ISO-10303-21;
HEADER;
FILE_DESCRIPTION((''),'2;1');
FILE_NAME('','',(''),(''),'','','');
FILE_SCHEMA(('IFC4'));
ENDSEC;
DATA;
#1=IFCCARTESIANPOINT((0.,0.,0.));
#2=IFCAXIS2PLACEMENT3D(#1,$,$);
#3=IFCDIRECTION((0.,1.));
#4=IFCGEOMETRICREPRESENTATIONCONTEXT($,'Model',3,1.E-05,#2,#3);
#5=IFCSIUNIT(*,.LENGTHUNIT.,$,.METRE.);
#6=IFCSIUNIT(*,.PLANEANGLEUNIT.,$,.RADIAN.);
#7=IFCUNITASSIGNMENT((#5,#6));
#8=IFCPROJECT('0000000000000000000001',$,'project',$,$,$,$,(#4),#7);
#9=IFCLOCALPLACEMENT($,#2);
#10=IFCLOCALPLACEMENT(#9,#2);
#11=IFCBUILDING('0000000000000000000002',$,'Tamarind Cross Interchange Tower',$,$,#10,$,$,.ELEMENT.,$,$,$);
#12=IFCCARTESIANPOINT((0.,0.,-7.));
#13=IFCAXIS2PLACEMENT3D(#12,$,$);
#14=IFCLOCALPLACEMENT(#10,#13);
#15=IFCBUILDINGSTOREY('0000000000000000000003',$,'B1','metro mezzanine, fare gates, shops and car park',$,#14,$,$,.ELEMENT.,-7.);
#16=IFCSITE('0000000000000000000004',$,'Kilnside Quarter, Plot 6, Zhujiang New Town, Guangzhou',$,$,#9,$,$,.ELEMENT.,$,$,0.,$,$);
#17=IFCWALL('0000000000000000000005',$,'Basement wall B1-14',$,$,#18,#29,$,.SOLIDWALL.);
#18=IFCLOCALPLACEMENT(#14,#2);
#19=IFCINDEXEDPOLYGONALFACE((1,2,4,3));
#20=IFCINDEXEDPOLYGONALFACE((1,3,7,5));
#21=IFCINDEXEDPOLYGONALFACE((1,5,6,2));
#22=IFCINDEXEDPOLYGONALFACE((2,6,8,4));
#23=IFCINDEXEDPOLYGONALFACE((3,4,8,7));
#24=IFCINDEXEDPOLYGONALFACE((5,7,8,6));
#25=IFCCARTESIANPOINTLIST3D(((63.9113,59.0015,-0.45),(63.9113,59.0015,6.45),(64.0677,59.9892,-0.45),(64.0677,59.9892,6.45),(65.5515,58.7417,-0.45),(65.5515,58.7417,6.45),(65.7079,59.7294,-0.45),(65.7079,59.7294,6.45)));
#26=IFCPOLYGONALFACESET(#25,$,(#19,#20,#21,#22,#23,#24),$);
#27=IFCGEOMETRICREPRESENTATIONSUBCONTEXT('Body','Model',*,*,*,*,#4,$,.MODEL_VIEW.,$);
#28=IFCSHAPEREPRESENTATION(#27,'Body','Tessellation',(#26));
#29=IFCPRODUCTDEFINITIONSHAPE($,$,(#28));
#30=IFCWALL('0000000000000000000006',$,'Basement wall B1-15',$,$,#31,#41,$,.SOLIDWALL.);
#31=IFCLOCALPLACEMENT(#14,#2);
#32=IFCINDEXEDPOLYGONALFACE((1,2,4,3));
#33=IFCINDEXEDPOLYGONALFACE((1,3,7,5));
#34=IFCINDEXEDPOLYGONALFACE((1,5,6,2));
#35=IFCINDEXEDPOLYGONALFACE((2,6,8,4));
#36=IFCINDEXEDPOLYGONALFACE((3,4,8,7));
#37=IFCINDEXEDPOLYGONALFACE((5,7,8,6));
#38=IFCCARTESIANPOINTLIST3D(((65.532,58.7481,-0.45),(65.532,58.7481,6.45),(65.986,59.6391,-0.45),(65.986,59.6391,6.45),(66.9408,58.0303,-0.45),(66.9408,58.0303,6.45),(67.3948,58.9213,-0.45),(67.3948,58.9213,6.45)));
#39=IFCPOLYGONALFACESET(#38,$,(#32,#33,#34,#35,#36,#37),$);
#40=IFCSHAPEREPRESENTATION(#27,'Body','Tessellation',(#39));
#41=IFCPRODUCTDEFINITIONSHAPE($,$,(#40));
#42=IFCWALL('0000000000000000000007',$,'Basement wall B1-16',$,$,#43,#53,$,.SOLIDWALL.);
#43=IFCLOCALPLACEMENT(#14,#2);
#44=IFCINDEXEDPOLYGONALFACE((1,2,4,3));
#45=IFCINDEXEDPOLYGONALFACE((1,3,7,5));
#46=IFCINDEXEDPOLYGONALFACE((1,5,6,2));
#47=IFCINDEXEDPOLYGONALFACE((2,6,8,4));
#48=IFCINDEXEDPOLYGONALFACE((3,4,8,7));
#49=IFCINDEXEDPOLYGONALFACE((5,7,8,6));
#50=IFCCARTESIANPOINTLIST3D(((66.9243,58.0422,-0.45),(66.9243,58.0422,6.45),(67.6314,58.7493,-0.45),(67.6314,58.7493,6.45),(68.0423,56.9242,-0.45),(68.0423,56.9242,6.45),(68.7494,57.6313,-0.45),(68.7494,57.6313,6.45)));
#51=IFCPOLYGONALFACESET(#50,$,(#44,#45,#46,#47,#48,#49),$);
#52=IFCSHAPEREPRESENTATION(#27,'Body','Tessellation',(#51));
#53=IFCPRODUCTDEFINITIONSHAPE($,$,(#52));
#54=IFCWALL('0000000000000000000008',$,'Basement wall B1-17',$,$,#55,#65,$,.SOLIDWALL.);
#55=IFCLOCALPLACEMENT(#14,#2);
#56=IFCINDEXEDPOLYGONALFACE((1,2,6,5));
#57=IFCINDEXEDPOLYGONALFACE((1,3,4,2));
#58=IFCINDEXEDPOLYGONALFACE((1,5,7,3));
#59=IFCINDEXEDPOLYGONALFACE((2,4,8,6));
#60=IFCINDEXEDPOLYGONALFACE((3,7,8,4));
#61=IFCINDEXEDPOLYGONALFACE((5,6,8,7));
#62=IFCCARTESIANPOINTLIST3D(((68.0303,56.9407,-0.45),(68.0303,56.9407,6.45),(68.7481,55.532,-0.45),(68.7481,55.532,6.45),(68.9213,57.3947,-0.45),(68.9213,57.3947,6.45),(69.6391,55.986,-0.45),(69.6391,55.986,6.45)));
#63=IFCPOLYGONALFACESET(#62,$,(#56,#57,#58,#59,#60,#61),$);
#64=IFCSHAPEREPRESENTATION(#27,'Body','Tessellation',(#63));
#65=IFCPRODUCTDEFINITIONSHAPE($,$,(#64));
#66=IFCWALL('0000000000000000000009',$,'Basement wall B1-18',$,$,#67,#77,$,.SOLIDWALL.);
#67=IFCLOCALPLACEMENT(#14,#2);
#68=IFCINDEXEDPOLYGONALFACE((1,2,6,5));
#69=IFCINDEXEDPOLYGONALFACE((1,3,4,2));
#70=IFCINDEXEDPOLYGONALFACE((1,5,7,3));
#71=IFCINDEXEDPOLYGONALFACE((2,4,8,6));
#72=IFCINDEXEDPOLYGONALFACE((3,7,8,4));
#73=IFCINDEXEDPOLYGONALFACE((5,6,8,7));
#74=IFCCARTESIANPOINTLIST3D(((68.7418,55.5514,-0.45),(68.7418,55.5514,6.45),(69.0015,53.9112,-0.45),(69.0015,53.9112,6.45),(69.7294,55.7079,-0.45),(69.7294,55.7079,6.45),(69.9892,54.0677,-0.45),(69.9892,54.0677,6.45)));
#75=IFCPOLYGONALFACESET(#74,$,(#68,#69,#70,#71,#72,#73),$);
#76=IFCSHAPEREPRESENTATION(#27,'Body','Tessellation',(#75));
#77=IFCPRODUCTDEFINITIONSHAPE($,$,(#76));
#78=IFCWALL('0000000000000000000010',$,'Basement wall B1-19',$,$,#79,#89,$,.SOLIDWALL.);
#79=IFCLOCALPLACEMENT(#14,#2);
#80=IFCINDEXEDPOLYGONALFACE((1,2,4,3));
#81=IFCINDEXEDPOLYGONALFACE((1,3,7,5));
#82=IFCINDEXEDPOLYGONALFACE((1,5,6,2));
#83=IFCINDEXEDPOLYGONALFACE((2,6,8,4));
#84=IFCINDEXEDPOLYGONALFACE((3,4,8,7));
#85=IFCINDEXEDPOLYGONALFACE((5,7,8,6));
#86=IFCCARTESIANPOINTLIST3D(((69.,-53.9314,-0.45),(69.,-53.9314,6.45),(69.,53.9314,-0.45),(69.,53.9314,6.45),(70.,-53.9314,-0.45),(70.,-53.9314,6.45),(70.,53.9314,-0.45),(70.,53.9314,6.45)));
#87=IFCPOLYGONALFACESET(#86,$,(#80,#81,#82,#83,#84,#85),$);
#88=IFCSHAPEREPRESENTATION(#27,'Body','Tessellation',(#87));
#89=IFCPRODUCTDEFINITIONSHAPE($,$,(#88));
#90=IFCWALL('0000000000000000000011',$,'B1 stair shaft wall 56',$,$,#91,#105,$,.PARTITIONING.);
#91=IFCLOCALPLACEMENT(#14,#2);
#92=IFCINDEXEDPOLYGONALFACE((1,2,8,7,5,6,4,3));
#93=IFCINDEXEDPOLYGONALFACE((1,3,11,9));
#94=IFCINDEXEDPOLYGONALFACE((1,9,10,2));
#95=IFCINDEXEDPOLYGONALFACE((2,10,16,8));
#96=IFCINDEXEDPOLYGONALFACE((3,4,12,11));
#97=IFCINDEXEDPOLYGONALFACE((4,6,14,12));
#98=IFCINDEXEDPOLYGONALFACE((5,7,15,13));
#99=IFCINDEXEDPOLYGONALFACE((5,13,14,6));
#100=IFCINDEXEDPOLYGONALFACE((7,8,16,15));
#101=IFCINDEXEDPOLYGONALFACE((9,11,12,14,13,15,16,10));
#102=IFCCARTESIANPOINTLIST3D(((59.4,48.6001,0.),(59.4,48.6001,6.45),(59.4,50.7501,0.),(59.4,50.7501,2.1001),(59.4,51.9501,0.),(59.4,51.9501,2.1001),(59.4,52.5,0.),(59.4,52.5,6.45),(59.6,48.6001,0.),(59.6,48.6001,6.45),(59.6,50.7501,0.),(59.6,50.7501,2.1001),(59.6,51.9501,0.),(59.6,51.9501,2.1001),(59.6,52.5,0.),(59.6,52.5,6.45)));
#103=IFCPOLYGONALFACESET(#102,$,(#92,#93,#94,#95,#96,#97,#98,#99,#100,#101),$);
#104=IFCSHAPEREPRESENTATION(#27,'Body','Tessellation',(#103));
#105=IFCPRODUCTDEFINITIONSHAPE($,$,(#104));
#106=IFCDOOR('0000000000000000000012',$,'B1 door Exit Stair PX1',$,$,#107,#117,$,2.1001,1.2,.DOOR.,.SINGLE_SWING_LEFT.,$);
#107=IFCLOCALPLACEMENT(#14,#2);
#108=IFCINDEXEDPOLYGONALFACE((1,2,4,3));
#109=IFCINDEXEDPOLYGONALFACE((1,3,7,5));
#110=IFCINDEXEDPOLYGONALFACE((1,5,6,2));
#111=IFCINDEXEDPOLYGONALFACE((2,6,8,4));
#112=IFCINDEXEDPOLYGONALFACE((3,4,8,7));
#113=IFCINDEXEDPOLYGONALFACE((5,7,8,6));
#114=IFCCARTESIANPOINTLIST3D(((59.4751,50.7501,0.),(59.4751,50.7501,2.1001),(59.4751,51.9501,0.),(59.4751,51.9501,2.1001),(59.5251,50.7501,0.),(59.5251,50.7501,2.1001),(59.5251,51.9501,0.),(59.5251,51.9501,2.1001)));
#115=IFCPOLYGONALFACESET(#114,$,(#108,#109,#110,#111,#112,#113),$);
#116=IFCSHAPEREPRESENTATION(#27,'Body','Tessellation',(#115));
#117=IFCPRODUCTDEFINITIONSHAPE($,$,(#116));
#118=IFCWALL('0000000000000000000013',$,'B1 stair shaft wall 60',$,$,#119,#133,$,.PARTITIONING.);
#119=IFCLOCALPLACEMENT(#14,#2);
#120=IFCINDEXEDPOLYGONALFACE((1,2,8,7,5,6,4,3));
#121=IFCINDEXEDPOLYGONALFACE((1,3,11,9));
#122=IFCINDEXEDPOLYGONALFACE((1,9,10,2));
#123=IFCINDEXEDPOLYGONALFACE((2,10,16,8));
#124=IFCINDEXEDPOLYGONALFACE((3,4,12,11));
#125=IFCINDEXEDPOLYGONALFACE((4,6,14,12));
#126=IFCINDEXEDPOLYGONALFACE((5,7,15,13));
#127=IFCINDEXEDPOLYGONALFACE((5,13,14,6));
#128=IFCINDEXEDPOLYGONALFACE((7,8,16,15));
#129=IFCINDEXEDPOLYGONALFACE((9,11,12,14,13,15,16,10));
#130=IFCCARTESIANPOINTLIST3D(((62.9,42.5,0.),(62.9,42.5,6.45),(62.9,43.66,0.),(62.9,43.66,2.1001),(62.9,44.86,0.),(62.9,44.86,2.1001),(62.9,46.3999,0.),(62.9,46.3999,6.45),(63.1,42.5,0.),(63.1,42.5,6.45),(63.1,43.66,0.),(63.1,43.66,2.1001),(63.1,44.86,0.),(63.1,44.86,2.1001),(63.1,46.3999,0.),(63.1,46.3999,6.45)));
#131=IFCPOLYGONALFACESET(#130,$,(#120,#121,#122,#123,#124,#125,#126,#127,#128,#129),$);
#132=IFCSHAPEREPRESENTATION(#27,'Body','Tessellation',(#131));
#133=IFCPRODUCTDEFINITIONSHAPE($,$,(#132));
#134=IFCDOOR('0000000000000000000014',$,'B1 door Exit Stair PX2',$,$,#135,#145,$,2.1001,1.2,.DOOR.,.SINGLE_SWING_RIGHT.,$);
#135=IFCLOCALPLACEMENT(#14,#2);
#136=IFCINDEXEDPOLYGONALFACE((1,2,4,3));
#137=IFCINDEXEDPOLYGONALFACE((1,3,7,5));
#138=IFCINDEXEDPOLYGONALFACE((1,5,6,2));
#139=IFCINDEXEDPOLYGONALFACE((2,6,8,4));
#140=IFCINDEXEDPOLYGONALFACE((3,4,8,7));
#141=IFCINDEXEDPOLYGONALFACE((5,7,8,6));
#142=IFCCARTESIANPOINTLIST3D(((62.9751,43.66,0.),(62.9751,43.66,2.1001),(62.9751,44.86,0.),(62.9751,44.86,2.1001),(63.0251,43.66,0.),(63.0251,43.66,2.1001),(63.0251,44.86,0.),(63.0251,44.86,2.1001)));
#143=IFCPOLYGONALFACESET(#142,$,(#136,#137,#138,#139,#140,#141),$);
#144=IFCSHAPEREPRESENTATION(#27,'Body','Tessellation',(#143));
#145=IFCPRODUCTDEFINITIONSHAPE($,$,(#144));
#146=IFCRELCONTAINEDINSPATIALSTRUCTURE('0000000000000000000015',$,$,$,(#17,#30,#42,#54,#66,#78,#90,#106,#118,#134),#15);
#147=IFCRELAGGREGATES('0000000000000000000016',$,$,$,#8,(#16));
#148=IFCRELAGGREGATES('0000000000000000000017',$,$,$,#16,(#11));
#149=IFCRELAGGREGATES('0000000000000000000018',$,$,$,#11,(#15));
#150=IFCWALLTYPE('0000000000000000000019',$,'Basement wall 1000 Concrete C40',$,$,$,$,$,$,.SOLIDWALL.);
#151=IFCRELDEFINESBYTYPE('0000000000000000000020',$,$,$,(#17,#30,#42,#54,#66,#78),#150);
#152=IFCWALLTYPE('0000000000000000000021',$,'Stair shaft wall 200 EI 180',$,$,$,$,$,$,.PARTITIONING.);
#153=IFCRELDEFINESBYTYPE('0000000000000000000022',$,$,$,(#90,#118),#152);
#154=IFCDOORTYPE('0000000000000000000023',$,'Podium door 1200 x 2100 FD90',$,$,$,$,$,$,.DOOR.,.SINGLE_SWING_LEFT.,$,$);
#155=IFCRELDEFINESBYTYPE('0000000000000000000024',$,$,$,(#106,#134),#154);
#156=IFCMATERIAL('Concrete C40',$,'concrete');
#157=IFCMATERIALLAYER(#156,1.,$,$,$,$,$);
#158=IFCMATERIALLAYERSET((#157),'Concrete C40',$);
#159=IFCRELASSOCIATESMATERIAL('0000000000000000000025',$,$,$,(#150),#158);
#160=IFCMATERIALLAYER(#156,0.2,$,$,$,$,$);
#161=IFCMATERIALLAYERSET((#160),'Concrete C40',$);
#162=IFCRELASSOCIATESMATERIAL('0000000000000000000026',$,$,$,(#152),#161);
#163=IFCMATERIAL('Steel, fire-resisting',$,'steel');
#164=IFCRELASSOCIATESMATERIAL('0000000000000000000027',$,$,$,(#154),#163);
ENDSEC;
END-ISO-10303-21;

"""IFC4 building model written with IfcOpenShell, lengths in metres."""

from ifc_helpers import new_model, si_unit, direction, frame, frame_2d, origin, place, context, subcontext, project, spatial, rectangle, extrude, material, layer, layer_set, type_object, element, fill, save


model = new_model("IFC4")

# Units and contexts
model_context = context("Model", 3, precision=1e-05, world=origin(), true_north=direction((0.0, 1.0)))
body_context = subcontext(model_context, "Body", "Model", "MODEL_VIEW")
ifc_project = project(units=[si_unit("LENGTHUNIT", "METRE"), si_unit("PLANEANGLEUNIT", "RADIAN")], contexts=[model_context])

# Site, building, storey
site_placement = place(None, origin())
site = spatial("IfcSite", under=ifc_project, at=site_placement, Name="Kilnside Quarter, Plot 6, Zhujiang New Town, Guangzhou", CompositionType="ELEMENT", RefElevation=0.0)
building_placement = place(site_placement, origin())
building = spatial("IfcBuilding", under=site, at=building_placement, Name="Tamarind Cross Interchange Tower", CompositionType="ELEMENT")
storey_placement = place(building_placement, frame((0.0, 0.0, -7.0)))
storey = spatial("IfcBuildingStorey", under=building, at=storey_placement, Name="B1", Description="metro mezzanine, fare gates, shops and car park", CompositionType="ELEMENT", Elevation=-7.0)

# Walls
ifc_material_1 = material(Name="Concrete C40", Category="concrete")
ifc_layer_1 = layer(ifc_material_1, 1.0)
ifc_layer_set_1 = layer_set([ifc_layer_1], Name="Concrete C40")
wall_type_1 = type_object("IfcWallType", Name="Basement wall 1000 Concrete C40", PredefinedType="SOLIDWALL", material=ifc_layer_set_1)
wall_1_placement = place(storey_placement, frame((63.9895, 59.4954, -0.45), z_axis=(0.0, 0.0, 1.0), x_axis=(0.987689, -0.156431, 0.0)))
element("IfcWall", 1, at=wall_1_placement, inside=storey, type_object=wall_type_1, Name="Basement wall B1-14", PredefinedType="SOLIDWALL", context=body_context, shape_type="SweptSolid", body=[
    extrude(rectangle(XDim=1.6606, YDim=1.0, at=frame_2d((0.8303, 0.0))), origin(), (0.0, 0.0, 1.0), 6.8999),
])
for number, where, z_axis, x_axis, name in (
    (2, (65.759, 59.1936, -0.45), (0.0, 0.0, 1.0), (0.891004, -0.453995, 0.0), "Basement wall B1-15"),
    (3, (67.2778, 58.3958, -0.45), (0.0, 0.0, 1.0), (0.707107, -0.707107, 0.0), "Basement wall B1-16"),
    (4, (68.4758, 57.1677, -0.45), (0.0, 0.0, 1.0), (0.453995, -0.891004, 0.0), "Basement wall B1-17"),
):
    element("IfcWall", number, at=place(storey_placement, frame(where, z_axis=z_axis, x_axis=x_axis)), inside=storey, type_object=wall_type_1, Name=name, PredefinedType="SOLIDWALL", context=body_context, shape_type="SweptSolid", body=[
        extrude(rectangle(XDim=1.5811, YDim=1.0, at=frame_2d((0.7905, 0.0))), origin(), (0.0, 0.0, 1.0), 6.8999),
    ])
wall_2_placement = place(storey_placement, frame((69.2356, 55.6296, -0.45), z_axis=(0.0, 0.0, 1.0), x_axis=(0.156431, -0.987689, 0.0)))
element("IfcWall", 5, at=wall_2_placement, inside=storey, type_object=wall_type_1, Name="Basement wall B1-18", PredefinedType="SOLIDWALL", context=body_context, shape_type="SweptSolid", body=[
    extrude(rectangle(XDim=1.6606, YDim=1.0, at=frame_2d((0.8303, 0.0))), origin(), (0.0, 0.0, 1.0), 6.8999),
])
wall_3_placement = place(storey_placement, frame((69.5, 53.9314, -0.45), z_axis=(0.0, 0.0, 1.0), x_axis=(0.0, -1.0, 0.0)))
element("IfcWall", 6, at=wall_3_placement, inside=storey, type_object=wall_type_1, Name="Basement wall B1-19", PredefinedType="SOLIDWALL", context=body_context, shape_type="SweptSolid", body=[
    extrude(rectangle(XDim=107.8628, YDim=1.0, at=frame_2d((53.9314, 0.0))), origin(), (0.0, 0.0, 1.0), 6.8999),
])

# Walls, openings, doors
ifc_layer_2 = layer(ifc_material_1, 0.2)
ifc_layer_set_2 = layer_set([ifc_layer_2], Name="Concrete C40")
wall_type_2 = type_object("IfcWallType", Name="Stair shaft wall 200 EI 180", PredefinedType="PARTITIONING", material=ifc_layer_set_2)
wall_4_placement = place(storey_placement, frame((59.5, 48.6001, 0.0), z_axis=(0.0, 0.0, 1.0), x_axis=(0.0, 1.0, 0.0)))
wall_4 = element("IfcWall", 7, at=wall_4_placement, inside=storey, type_object=wall_type_2, Name="B1 stair shaft wall 56", PredefinedType="PARTITIONING", context=body_context, shape_type="SweptSolid", body=[
    extrude(rectangle(XDim=3.8999, YDim=0.2, at=frame_2d((1.95, 0.0))), origin(), (0.0, 0.0, 1.0), 6.45),
])
opening_1_placement = place(wall_4_placement, frame((2.1499, 0.0, 0.0)))
opening_1 = element("IfcOpeningElement", 8, at=opening_1_placement, cuts=wall_4, PredefinedType="OPENING", context=body_context, shape_type="SweptSolid", body=[
    extrude(rectangle(XDim=1.2, YDim=2.1001, at=frame_2d((0.6001, 1.05))), frame((0.0, 0.1099, 0.0), z_axis=(0.0, -1.0, 0.0), x_axis=(1.0, 0.0, 0.0)), (0.0, 0.0, 1.0), 0.22),
])
ifc_material_2 = material(Name="Steel, fire-resisting", Category="steel")
door_type = type_object("IfcDoorType", Name="Podium door 1200 x 2100 FD90", OperationType="SINGLE_SWING_LEFT", PredefinedType="DOOR", material=ifc_material_2)
door_1_placement = place(opening_1_placement, origin())
door_1 = element("IfcDoor", 9, at=door_1_placement, inside=storey, type_object=door_type, Name="B1 door Exit Stair PX1", OperationType="SINGLE_SWING_LEFT", OverallHeight=2.1001, OverallWidth=1.2, PredefinedType="DOOR", context=body_context, shape_type="SweptSolid", body=[
    extrude(rectangle(XDim=1.2, YDim=2.1001, at=frame_2d((0.6001, 1.05))), frame((0.0, 0.0249, 0.0), z_axis=(0.0, -1.0, 0.0), x_axis=(1.0, 0.0, 0.0)), (0.0, 0.0, 1.0), 0.05),
])
fill(opening_1, door_1)
wall_5_placement = place(storey_placement, frame((63.0, 42.5, 0.0), z_axis=(0.0, 0.0, 1.0), x_axis=(0.0, 1.0, 0.0)))
wall_5 = element("IfcWall", 10, at=wall_5_placement, inside=storey, type_object=wall_type_2, Name="B1 stair shaft wall 60", PredefinedType="PARTITIONING", context=body_context, shape_type="SweptSolid", body=[
    extrude(rectangle(XDim=3.8999, YDim=0.2, at=frame_2d((1.95, 0.0))), origin(), (0.0, 0.0, 1.0), 6.45),
])
opening_2_placement = place(wall_5_placement, frame((1.1599, 0.0, 0.0)))
opening_2 = element("IfcOpeningElement", 11, at=opening_2_placement, cuts=wall_5, PredefinedType="OPENING", context=body_context, shape_type="SweptSolid", body=[
    extrude(rectangle(XDim=1.2, YDim=2.1001, at=frame_2d((0.6001, 1.05))), frame((0.0, 0.1099, 0.0), z_axis=(0.0, -1.0, 0.0), x_axis=(1.0, 0.0, 0.0)), (0.0, 0.0, 1.0), 0.22),
])
door_2_placement = place(opening_2_placement, origin())
door_2 = element("IfcDoor", 12, at=door_2_placement, inside=storey, type_object=door_type, Name="B1 door Exit Stair PX2", OperationType="SINGLE_SWING_RIGHT", OverallHeight=2.1001, OverallWidth=1.2, PredefinedType="DOOR", context=body_context, shape_type="SweptSolid", body=[
    extrude(rectangle(XDim=1.2, YDim=2.1001, at=frame_2d((0.6001, 1.05))), frame((0.0, 0.0249, 0.0), z_axis=(0.0, -1.0, 0.0), x_axis=(1.0, 0.0, 0.0)), (0.0, 0.0, 1.0), 0.05),
])
fill(opening_2, door_2)

save(model, "model.ifc")
